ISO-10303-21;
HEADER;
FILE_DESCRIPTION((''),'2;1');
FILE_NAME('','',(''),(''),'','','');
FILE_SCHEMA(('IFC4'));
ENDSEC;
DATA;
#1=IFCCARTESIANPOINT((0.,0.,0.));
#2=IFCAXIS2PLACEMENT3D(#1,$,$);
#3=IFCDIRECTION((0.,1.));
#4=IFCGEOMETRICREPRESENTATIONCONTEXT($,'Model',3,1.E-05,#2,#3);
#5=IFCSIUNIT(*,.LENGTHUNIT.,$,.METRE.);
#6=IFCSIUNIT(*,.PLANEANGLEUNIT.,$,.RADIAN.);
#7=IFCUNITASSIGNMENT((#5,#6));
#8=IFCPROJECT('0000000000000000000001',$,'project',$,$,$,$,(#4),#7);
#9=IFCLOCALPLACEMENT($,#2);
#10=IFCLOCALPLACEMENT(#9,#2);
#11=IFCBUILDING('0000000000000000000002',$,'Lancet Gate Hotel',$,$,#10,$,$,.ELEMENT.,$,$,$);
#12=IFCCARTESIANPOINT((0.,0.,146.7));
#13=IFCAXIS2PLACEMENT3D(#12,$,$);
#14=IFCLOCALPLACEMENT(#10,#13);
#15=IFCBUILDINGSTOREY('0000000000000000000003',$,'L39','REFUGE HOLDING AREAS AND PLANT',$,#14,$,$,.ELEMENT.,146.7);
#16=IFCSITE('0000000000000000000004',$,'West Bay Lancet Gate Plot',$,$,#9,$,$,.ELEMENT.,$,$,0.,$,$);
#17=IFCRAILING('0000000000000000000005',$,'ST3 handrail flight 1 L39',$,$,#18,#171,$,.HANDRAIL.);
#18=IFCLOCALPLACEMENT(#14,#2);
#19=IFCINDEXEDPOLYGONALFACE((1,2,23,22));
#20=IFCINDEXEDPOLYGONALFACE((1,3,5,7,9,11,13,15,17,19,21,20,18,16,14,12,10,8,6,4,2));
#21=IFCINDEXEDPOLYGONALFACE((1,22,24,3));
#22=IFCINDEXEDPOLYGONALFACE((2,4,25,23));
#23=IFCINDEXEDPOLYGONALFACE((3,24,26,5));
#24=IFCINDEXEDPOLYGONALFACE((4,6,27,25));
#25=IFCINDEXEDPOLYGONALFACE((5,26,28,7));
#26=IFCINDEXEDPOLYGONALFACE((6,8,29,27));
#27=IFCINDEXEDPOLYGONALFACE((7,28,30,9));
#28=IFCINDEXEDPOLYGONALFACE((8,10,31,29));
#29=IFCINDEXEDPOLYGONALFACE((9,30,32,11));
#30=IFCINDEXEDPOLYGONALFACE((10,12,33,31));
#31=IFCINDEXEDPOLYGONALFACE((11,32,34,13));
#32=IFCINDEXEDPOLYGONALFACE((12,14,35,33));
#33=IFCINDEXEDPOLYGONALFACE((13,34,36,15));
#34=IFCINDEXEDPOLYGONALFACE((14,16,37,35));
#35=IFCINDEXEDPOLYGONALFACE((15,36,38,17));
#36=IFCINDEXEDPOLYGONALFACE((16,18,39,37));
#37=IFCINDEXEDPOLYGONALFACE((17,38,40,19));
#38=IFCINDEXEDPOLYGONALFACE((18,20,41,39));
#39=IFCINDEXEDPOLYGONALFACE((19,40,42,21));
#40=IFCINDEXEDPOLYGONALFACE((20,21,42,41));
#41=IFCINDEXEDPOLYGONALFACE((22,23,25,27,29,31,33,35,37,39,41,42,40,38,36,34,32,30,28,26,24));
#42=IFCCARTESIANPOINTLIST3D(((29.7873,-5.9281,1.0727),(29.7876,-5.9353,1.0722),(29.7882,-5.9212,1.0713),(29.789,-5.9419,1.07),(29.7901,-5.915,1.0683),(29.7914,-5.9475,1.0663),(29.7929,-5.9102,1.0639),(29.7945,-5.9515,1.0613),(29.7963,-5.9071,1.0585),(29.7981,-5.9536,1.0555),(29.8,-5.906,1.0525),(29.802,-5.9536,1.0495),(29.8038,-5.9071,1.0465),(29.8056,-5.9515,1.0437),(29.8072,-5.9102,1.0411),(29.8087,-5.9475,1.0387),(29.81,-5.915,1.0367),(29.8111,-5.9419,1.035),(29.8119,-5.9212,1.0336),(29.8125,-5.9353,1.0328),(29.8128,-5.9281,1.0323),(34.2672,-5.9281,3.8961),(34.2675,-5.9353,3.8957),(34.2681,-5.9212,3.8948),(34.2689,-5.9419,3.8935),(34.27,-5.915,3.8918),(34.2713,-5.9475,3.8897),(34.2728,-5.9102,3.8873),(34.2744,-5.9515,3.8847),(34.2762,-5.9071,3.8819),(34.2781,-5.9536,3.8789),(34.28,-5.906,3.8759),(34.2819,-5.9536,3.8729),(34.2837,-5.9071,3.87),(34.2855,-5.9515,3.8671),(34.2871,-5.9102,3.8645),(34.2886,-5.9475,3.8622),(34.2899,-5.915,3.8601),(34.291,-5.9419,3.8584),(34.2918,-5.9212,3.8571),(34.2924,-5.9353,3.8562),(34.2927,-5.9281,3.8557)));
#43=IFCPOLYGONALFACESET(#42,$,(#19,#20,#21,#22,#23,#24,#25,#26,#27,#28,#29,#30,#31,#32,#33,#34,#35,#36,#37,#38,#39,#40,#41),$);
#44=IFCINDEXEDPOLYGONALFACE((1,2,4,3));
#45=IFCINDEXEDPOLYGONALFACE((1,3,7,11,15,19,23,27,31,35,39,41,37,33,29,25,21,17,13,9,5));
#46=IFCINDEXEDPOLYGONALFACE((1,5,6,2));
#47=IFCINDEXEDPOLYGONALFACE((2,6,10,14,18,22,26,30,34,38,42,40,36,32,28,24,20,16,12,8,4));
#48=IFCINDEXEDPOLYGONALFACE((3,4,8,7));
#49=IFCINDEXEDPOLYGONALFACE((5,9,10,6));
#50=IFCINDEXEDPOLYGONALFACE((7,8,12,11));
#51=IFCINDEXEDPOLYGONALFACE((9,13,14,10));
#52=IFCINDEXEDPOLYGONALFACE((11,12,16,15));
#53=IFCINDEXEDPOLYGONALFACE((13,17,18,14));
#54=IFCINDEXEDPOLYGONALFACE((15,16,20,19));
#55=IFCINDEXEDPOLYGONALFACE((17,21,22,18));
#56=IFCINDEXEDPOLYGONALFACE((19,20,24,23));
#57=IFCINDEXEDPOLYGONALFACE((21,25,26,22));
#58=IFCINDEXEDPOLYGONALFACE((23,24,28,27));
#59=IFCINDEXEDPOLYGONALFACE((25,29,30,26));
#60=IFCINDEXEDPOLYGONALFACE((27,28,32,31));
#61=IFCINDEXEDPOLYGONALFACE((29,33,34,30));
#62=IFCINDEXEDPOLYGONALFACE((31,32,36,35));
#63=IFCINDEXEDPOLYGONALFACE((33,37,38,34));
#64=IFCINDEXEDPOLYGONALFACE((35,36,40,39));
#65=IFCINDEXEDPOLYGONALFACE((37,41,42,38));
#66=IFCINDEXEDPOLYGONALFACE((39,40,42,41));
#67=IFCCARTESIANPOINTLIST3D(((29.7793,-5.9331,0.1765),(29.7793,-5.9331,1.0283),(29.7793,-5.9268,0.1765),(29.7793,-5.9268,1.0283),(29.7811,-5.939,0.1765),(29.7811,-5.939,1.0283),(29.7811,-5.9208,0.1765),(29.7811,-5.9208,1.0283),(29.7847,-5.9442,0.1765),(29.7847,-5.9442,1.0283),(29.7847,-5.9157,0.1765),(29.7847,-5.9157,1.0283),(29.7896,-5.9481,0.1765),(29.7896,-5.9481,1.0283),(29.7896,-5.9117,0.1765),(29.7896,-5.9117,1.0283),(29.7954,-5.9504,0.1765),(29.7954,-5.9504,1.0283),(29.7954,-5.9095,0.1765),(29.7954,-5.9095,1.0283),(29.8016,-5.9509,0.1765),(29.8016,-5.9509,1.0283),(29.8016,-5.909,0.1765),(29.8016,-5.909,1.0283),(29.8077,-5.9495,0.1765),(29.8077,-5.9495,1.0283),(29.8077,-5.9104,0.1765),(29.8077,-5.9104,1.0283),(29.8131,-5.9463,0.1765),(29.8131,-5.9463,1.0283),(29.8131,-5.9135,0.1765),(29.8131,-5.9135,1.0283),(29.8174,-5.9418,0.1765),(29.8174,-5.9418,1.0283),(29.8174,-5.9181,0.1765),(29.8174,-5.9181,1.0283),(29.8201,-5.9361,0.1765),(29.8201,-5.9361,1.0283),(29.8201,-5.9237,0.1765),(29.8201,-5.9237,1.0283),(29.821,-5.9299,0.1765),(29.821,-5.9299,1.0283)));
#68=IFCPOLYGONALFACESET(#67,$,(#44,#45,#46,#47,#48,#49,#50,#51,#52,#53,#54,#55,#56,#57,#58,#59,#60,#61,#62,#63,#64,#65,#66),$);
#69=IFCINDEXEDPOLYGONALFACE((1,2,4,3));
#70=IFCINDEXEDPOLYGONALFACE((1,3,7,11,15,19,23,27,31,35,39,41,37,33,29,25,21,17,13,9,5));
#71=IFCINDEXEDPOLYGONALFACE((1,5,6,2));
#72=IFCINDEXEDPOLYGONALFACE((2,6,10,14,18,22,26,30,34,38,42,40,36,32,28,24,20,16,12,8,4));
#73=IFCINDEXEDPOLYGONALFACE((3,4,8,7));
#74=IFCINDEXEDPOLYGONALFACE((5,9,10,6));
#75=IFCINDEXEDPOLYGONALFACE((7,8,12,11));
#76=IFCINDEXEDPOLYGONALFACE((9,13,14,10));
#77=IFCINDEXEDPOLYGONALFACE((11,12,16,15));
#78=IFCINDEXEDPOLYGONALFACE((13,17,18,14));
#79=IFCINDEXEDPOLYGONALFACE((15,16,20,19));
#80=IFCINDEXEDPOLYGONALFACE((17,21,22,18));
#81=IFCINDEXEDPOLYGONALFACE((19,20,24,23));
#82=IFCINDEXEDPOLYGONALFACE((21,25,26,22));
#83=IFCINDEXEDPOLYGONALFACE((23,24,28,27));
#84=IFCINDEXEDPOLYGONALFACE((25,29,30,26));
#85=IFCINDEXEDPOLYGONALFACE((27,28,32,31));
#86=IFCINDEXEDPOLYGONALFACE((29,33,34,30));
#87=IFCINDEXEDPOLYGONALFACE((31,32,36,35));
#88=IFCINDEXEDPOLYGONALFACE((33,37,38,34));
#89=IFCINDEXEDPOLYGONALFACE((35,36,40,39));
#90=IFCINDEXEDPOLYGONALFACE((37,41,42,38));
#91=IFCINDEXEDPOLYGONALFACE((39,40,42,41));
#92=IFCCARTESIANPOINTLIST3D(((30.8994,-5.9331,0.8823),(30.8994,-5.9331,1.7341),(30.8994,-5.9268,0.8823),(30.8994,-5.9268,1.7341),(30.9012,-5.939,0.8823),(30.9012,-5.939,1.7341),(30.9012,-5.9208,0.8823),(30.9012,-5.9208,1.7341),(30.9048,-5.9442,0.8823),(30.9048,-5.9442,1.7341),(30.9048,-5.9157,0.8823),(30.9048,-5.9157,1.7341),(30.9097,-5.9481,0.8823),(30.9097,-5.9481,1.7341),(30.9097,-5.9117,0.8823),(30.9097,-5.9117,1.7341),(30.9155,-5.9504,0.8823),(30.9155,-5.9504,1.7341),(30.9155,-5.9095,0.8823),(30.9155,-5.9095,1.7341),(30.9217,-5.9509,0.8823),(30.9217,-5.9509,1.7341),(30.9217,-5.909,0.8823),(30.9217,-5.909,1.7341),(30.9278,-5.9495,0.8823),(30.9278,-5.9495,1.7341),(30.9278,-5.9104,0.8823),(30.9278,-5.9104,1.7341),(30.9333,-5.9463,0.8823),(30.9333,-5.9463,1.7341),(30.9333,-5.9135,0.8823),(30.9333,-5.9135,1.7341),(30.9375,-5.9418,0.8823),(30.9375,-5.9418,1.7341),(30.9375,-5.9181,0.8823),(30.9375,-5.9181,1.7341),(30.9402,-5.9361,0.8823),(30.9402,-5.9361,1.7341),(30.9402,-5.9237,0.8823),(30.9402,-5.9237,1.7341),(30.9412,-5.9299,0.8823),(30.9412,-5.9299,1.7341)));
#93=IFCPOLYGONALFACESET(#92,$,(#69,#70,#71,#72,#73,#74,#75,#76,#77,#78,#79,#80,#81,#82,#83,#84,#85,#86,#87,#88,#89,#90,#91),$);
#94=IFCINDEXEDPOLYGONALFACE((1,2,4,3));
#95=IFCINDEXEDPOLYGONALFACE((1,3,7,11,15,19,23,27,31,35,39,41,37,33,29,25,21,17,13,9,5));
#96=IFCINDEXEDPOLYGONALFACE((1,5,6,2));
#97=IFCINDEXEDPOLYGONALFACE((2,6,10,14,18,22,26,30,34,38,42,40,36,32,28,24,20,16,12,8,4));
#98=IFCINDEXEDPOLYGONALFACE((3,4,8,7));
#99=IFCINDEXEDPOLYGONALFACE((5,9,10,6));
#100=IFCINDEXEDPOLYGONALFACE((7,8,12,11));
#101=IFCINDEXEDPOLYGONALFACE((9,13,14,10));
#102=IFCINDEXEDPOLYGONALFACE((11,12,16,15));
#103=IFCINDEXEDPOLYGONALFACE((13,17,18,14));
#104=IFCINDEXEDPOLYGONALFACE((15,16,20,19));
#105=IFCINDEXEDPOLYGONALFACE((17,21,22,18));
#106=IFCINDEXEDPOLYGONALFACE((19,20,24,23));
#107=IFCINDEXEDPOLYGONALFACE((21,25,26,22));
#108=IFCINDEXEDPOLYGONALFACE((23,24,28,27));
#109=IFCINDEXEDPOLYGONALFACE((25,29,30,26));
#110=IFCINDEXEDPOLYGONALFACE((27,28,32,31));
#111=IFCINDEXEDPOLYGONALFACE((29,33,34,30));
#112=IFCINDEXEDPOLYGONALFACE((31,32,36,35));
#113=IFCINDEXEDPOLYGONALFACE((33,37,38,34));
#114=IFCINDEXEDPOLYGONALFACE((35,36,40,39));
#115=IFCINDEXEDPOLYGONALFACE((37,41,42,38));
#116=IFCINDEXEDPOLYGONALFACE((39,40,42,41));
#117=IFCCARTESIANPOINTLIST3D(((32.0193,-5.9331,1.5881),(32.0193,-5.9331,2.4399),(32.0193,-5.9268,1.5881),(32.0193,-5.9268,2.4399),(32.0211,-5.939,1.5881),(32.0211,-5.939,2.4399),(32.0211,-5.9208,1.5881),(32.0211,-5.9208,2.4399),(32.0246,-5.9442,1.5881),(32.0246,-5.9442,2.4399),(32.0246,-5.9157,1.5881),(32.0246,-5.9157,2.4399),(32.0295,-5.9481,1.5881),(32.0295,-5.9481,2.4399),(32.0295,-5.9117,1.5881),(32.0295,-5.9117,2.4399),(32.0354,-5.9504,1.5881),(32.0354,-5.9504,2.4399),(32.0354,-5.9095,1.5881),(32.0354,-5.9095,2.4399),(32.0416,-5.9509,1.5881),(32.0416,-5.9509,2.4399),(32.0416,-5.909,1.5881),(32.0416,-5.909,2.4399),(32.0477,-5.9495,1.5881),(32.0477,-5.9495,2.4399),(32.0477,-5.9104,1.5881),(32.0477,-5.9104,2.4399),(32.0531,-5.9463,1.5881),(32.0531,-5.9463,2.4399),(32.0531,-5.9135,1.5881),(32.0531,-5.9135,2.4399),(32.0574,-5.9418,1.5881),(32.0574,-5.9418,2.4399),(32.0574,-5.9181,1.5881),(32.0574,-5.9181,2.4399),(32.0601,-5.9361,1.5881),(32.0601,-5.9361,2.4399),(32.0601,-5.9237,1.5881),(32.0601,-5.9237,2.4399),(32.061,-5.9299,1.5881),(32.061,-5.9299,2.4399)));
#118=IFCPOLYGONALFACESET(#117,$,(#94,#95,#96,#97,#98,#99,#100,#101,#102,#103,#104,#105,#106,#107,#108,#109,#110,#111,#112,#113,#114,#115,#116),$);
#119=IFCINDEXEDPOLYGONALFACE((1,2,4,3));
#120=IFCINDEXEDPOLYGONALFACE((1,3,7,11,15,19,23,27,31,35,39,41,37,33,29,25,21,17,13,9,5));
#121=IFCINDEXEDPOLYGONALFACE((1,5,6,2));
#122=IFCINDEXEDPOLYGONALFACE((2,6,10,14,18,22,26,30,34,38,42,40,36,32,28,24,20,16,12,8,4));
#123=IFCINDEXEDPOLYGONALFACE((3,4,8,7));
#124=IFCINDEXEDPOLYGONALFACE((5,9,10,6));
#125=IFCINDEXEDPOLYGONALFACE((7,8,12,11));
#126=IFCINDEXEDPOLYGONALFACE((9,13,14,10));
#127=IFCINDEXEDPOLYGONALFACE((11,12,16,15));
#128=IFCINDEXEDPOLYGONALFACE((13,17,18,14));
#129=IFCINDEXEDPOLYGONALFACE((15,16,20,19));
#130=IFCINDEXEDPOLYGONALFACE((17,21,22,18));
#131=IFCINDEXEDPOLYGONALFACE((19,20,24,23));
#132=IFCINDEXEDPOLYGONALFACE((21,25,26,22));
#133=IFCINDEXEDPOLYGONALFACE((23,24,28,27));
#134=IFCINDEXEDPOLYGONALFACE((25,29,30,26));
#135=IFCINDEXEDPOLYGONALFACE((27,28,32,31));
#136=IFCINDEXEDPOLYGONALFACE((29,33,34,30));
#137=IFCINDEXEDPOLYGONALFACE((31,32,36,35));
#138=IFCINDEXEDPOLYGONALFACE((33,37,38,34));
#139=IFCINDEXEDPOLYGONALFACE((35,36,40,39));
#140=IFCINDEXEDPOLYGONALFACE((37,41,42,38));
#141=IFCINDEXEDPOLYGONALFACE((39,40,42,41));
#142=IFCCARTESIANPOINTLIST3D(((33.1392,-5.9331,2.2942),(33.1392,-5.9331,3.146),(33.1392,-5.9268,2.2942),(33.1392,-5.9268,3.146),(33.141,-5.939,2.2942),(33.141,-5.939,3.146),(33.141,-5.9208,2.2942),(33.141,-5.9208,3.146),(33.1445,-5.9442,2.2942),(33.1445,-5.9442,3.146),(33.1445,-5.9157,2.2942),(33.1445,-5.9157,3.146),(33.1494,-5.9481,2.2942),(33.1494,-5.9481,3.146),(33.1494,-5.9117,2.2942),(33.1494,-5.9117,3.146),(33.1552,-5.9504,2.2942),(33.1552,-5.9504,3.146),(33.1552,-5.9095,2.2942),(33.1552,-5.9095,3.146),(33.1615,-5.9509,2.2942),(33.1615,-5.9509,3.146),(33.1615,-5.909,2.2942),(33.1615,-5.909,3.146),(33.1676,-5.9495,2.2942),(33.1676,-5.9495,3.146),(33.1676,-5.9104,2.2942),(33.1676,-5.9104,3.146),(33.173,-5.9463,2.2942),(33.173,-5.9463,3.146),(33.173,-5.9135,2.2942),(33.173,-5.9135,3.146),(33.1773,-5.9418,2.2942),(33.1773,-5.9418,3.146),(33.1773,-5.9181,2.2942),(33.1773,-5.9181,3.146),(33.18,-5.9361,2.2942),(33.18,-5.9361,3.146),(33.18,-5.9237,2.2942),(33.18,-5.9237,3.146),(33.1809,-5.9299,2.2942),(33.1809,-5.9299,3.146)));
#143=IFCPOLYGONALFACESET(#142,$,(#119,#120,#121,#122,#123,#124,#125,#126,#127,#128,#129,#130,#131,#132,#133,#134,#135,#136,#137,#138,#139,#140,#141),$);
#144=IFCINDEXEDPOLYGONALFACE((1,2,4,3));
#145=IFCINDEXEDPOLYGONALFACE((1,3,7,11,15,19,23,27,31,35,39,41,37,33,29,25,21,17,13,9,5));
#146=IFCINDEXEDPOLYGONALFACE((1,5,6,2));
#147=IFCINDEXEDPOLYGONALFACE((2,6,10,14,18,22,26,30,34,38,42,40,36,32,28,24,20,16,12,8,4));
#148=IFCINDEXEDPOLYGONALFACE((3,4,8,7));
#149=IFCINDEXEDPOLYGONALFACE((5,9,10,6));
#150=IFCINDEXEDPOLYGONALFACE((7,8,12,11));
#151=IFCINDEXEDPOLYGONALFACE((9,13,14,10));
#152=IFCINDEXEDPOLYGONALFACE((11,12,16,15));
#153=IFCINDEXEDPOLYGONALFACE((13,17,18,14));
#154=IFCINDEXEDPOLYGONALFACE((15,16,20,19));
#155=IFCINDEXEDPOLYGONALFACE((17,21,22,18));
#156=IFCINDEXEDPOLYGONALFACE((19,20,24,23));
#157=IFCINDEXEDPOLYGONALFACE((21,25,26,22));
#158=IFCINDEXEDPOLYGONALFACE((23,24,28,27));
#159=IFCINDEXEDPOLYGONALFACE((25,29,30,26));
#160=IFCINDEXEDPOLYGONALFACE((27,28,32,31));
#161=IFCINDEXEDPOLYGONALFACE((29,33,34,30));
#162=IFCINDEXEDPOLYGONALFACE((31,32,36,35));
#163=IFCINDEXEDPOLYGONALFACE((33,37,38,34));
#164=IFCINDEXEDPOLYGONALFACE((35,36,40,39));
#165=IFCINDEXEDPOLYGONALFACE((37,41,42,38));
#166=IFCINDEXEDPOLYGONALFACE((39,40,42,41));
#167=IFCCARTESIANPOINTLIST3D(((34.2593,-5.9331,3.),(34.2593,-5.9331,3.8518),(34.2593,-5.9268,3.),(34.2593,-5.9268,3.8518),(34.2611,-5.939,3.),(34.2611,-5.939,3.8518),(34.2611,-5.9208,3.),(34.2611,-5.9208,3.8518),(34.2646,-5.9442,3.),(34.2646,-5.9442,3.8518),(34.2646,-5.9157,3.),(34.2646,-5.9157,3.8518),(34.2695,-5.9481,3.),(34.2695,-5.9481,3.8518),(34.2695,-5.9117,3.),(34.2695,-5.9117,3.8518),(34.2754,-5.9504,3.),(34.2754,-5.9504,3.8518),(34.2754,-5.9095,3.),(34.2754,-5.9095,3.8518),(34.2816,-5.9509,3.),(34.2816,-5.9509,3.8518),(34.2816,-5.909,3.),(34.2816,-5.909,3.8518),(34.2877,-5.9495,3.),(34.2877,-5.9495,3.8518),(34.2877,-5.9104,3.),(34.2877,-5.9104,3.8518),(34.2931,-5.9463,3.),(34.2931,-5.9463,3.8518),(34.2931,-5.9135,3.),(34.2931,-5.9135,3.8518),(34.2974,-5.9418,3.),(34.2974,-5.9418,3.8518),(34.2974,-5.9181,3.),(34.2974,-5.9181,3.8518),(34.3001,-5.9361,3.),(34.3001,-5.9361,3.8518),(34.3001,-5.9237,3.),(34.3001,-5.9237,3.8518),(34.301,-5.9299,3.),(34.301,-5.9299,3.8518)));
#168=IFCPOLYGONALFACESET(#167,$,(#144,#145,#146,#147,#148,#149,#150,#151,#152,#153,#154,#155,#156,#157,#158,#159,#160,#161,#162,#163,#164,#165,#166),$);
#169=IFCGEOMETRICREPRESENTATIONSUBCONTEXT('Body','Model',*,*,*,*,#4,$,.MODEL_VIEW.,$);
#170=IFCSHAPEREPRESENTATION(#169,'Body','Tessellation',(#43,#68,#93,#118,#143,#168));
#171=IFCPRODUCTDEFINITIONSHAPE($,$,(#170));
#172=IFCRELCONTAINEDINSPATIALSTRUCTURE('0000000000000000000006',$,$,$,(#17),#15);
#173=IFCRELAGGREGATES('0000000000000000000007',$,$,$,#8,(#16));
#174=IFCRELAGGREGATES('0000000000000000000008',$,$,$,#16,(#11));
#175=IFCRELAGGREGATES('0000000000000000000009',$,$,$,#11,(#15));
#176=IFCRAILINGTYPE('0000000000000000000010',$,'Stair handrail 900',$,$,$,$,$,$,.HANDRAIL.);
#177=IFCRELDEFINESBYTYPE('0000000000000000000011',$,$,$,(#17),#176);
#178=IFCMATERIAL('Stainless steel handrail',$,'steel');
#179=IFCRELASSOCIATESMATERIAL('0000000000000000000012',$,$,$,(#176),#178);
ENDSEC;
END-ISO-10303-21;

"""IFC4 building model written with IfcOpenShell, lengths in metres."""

from ifc_helpers import new_model, si_unit, direction, frame, origin, origin_2d, place, context, subcontext, project, spatial, circle, extrude, material, type_object, element, save


model = new_model("IFC4")

# Units and contexts
model_context = context("Model", 3, precision=1e-05, world=origin(), true_north=direction((0.0, 1.0)))
body_context = subcontext(model_context, "Body", "Model", "MODEL_VIEW")
ifc_project = project(units=[si_unit("LENGTHUNIT", "METRE"), si_unit("PLANEANGLEUNIT", "RADIAN")], contexts=[model_context])

# Site, building, storey
site_placement = place(None, origin())
site = spatial("IfcSite", under=ifc_project, at=site_placement, Name="West Bay Lancet Gate Plot", CompositionType="ELEMENT", RefElevation=0.0)
building_placement = place(site_placement, origin())
building = spatial("IfcBuilding", under=site, at=building_placement, Name="Lancet Gate Hotel", CompositionType="ELEMENT")
storey_placement = place(building_placement, frame((0.0, 0.0, 146.7)))
storey = spatial("IfcBuildingStorey", under=building, at=storey_placement, Name="L39", Description="REFUGE HOLDING AREAS AND PLANT", CompositionType="ELEMENT", Elevation=146.7)

# Railing
ifc_material_1 = material(Name="Stainless steel handrail", Category="steel")
railing_type = type_object("IfcRailingType", Name="Stair handrail 900", PredefinedType="HANDRAIL", material=ifc_material_1)
railing_1_placement = place(storey_placement, frame((29.8, -5.9299, 0.1765)))
element("IfcRailing", 1, at=railing_1_placement, inside=storey, type_object=railing_type, Name="ST3 handrail flight 1 L39", PredefinedType="HANDRAIL", context=body_context, shape_type="SweptSolid", body=[
    extrude(circle(Radius=0.0239, at=origin_2d()), frame((0.0, 0.0, 0.876), z_axis=(0.845998, 0.0, 0.533186), x_axis=(0.0, 1.0, 0.0)), (0.0, 0.0, 1.0), 5.2954),
    extrude(circle(Radius=0.021, at=origin_2d()), origin(), (0.0, 0.0, 1.0), 0.8518),
    extrude(circle(Radius=0.021, at=origin_2d()), frame((1.1201, 0.0, 0.7058)), (0.0, 0.0, 1.0), 0.8518),
    extrude(circle(Radius=0.021, at=origin_2d()), frame((2.24, 0.0, 1.4116)), (0.0, 0.0, 1.0), 0.8518),
    extrude(circle(Radius=0.021, at=origin_2d()), frame((3.3599, 0.0, 2.1177)), (0.0, 0.0, 1.0), 0.8518),
    extrude(circle(Radius=0.021, at=origin_2d()), frame((4.48, 0.0, 2.8235)), (0.0, 0.0, 1.0), 0.8518),
])

save(model, "model.ifc")
